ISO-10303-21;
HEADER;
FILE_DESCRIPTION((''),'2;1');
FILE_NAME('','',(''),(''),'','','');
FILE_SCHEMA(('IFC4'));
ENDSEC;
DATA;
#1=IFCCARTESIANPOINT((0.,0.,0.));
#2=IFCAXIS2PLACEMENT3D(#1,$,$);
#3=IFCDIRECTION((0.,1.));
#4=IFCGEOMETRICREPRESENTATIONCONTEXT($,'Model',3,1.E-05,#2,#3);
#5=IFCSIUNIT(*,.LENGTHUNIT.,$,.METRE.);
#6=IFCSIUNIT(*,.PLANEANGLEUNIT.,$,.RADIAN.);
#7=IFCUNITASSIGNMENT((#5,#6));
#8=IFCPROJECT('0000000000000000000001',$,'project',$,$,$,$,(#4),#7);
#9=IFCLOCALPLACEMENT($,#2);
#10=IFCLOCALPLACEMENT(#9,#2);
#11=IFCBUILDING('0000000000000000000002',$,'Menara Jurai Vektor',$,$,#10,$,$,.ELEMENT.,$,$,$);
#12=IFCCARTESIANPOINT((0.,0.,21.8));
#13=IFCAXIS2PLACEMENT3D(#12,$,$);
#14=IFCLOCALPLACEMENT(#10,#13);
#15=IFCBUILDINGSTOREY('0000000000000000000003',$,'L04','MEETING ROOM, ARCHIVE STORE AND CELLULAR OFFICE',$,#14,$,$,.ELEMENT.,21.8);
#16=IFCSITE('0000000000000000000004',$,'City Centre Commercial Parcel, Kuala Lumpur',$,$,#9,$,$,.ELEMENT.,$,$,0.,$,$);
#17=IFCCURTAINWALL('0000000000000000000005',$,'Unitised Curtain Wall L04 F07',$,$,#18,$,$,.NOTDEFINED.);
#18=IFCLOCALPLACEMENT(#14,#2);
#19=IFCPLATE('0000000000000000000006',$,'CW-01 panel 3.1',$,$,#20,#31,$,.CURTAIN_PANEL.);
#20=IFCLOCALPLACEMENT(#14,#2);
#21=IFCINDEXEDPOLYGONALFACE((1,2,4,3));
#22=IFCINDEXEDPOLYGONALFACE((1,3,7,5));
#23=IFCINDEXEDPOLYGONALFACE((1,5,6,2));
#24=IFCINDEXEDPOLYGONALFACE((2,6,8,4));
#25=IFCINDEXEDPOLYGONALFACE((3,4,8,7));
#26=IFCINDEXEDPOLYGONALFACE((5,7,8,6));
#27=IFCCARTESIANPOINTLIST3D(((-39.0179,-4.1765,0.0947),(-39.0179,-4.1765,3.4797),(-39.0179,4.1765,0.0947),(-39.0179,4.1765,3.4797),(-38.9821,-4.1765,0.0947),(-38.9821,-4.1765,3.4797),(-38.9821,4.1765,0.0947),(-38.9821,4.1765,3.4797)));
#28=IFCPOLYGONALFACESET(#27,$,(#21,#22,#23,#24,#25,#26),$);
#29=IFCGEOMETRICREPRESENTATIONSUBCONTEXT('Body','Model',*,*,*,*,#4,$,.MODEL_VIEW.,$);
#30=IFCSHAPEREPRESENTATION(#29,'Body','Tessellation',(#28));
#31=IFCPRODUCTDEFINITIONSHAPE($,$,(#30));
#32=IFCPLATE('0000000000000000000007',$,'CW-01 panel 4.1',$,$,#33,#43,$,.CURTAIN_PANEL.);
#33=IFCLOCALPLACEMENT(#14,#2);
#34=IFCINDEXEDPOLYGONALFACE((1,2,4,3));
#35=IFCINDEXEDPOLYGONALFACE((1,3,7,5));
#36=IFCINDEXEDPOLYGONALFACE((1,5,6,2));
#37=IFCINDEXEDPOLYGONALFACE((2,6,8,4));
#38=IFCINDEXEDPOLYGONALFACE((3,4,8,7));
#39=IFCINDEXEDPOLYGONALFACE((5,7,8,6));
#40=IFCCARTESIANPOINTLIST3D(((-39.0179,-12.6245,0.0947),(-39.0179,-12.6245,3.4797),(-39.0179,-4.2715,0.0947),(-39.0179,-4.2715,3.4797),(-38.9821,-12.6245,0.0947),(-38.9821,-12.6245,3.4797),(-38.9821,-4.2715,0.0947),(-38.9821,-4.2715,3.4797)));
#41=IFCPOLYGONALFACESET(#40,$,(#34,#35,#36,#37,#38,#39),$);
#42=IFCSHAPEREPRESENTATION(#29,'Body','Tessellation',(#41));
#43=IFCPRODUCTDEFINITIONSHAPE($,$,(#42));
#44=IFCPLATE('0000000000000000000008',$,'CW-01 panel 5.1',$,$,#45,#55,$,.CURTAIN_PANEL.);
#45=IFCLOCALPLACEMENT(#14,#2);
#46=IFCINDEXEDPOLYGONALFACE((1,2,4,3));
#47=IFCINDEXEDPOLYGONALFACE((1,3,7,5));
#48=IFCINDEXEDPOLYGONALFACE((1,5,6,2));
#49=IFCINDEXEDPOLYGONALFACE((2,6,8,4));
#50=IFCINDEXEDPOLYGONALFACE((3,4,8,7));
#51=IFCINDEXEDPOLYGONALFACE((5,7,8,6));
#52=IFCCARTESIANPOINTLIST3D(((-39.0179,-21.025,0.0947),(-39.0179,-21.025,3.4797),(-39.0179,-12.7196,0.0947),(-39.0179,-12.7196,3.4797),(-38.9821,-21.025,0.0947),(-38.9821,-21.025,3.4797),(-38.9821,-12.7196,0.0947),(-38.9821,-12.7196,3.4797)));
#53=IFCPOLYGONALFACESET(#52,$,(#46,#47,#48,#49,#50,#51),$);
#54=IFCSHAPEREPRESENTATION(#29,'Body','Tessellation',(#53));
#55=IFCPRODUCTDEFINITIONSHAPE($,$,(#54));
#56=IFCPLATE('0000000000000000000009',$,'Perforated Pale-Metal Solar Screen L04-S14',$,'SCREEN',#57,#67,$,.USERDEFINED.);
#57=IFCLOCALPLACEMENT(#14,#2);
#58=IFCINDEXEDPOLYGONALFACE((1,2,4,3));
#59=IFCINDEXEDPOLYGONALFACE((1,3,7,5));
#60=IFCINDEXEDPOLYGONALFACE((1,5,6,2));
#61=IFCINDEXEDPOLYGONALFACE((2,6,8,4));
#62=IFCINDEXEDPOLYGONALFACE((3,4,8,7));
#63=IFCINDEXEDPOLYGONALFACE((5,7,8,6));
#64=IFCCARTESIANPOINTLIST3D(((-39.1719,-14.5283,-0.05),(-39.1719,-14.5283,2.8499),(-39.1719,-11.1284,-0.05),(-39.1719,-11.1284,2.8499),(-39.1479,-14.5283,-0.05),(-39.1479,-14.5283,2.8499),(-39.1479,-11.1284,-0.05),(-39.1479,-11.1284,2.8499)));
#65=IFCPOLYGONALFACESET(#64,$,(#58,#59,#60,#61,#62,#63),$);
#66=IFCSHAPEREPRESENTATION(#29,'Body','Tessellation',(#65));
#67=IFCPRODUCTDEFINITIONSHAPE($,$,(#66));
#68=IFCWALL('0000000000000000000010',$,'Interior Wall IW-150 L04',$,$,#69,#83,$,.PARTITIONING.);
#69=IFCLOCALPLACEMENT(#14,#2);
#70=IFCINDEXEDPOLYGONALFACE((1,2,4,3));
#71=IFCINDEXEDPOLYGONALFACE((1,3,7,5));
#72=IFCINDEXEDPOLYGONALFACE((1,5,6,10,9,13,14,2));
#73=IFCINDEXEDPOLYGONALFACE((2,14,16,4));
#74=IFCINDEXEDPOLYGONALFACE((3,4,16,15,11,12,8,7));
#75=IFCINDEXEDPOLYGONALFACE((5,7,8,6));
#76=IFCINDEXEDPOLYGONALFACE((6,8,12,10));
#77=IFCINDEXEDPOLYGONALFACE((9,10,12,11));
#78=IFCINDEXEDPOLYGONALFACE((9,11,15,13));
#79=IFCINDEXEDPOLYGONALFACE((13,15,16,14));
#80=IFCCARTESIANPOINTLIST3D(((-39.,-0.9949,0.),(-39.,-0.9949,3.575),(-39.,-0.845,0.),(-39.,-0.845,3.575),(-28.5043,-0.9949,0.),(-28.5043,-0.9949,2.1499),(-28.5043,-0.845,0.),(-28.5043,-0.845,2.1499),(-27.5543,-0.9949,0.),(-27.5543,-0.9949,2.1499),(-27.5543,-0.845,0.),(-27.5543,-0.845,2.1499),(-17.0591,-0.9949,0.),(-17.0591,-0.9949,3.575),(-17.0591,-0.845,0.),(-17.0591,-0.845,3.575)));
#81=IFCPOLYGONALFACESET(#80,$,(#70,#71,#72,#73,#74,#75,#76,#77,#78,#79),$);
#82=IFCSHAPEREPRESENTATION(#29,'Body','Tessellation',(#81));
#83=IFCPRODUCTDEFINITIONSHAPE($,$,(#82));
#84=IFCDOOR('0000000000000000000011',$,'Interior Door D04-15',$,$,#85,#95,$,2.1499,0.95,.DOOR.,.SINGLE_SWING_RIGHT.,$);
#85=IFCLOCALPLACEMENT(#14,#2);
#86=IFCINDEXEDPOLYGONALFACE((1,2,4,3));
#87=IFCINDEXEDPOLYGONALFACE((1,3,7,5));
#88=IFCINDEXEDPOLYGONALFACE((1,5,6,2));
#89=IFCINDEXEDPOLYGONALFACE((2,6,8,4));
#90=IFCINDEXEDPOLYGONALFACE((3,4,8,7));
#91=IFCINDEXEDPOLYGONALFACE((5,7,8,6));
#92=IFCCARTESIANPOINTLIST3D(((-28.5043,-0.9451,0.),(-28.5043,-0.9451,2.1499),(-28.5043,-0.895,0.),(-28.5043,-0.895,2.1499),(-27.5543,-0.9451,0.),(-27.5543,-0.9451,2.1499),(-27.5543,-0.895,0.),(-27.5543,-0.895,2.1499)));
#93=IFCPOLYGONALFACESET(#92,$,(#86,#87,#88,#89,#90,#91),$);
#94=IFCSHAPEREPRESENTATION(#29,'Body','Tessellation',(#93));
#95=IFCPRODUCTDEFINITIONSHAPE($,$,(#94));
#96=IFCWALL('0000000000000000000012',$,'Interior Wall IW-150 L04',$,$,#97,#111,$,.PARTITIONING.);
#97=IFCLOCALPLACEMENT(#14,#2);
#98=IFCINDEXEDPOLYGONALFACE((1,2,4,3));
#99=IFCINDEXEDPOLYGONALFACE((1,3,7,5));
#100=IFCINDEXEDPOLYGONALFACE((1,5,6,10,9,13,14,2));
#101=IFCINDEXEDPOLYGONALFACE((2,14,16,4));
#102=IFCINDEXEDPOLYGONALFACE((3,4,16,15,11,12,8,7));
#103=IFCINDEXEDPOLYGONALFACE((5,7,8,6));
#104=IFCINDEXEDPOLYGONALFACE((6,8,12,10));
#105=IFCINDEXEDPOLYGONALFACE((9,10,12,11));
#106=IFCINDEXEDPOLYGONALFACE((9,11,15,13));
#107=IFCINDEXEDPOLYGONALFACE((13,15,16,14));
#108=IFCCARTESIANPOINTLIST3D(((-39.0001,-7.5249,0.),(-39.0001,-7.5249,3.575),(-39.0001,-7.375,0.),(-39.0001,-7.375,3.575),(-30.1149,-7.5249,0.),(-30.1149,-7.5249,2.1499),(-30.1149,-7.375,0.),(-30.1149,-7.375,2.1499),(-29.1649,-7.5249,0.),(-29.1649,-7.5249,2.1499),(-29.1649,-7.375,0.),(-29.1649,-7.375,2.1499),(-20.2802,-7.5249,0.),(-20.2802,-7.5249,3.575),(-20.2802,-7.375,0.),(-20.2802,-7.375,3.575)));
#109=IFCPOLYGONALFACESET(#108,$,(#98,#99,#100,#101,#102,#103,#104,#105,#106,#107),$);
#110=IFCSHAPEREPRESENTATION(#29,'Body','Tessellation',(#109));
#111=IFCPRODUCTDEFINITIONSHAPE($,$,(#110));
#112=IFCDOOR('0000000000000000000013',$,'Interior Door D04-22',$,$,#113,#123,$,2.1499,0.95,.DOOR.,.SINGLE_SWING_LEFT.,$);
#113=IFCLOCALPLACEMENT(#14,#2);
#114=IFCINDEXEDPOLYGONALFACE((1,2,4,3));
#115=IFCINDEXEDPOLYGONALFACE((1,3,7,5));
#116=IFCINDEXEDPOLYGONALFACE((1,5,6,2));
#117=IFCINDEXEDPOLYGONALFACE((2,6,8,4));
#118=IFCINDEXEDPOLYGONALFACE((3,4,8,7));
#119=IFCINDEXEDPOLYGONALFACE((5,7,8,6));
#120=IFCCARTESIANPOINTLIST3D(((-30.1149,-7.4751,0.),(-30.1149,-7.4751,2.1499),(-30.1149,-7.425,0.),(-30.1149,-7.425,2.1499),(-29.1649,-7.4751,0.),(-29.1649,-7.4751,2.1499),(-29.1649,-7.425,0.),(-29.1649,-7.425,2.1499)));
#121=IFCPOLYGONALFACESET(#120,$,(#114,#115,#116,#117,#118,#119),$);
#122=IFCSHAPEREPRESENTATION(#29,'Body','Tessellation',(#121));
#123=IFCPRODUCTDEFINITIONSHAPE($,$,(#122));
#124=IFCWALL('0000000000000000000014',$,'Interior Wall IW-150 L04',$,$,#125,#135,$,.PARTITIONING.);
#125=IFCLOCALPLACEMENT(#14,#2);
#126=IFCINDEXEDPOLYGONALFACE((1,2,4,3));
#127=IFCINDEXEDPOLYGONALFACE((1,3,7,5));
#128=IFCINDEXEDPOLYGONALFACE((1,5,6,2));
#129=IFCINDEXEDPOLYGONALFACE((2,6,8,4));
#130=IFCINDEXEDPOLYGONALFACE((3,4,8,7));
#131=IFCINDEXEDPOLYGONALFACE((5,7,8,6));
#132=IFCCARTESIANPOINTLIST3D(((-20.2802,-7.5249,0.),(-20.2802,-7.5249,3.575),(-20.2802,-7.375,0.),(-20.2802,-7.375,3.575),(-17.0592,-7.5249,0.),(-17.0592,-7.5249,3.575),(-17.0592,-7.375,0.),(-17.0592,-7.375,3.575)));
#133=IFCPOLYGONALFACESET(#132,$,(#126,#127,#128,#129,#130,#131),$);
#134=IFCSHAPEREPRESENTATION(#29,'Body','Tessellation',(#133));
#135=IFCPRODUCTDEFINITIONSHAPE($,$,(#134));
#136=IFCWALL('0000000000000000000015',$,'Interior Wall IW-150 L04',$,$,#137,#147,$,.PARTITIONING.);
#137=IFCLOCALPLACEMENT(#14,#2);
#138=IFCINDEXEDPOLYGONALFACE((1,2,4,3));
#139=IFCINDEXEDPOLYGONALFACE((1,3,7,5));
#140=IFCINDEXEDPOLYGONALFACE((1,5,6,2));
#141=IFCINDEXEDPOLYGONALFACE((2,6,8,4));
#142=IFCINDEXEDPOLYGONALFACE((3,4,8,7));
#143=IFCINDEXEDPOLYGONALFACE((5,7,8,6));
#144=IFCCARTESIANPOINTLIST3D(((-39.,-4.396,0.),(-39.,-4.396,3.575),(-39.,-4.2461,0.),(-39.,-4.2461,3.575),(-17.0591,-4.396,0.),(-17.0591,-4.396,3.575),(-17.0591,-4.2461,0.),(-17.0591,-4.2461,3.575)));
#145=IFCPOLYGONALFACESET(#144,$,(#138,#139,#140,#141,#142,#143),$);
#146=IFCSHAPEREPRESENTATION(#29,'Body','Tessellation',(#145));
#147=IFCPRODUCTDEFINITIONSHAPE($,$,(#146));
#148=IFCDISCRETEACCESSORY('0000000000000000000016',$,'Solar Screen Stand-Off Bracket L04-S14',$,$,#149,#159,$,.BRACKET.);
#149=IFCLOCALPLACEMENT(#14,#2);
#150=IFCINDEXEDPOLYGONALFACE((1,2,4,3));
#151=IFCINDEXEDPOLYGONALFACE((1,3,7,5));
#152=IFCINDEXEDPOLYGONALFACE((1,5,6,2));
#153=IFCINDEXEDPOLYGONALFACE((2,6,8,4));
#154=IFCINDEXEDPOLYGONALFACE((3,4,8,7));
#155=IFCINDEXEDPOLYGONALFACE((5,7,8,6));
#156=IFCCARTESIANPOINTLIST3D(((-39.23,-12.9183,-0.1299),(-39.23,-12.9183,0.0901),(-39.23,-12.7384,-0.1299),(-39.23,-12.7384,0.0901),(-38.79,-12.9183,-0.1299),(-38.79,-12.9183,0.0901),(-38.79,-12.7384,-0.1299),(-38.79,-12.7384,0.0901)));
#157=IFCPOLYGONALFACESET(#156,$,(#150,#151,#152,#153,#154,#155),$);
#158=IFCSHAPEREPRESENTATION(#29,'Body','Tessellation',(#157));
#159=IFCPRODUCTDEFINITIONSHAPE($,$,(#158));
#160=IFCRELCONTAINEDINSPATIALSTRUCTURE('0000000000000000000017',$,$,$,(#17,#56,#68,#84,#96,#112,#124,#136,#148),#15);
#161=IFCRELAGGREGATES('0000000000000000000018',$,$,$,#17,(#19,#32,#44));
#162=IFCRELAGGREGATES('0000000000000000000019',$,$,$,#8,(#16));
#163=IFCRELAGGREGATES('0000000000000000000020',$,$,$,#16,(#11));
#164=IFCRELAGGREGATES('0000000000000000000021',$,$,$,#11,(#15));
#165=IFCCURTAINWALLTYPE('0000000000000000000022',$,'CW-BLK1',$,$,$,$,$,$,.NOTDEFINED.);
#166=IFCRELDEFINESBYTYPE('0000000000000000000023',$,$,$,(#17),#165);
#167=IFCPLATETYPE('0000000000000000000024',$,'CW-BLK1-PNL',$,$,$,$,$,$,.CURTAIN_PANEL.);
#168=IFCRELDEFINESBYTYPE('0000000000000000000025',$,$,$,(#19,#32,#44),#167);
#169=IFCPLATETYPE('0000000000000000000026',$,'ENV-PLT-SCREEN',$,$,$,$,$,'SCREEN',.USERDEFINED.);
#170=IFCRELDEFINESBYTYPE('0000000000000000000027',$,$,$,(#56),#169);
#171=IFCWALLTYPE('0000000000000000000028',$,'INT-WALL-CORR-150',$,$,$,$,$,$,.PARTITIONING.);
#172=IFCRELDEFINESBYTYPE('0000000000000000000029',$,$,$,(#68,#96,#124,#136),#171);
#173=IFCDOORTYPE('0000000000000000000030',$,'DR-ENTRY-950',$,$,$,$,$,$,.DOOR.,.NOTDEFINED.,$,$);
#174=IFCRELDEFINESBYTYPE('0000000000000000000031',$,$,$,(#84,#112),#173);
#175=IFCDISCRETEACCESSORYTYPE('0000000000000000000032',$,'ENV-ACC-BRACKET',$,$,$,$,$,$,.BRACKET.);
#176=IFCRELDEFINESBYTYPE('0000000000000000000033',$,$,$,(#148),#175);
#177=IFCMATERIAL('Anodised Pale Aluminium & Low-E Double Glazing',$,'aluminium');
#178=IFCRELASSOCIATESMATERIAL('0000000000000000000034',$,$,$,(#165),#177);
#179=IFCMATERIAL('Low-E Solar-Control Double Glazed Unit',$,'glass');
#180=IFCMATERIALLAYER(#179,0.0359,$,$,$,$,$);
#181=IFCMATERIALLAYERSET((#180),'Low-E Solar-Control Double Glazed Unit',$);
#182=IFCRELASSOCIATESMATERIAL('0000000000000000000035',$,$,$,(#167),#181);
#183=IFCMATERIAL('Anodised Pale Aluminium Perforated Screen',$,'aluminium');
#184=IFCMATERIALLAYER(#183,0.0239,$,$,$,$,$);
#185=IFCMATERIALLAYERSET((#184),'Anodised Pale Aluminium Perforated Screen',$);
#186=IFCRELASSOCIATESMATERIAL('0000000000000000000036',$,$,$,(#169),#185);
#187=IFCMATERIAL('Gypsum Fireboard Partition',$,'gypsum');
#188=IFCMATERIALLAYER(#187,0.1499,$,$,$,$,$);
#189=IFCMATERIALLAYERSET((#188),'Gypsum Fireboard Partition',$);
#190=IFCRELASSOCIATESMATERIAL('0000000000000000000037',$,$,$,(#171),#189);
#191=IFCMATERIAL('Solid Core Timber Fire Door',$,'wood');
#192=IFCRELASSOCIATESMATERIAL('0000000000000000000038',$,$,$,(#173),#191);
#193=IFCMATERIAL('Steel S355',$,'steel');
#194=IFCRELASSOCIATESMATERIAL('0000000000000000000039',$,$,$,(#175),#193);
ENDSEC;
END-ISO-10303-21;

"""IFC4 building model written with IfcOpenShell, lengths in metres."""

from ifc_helpers import new_model, si_unit, direction, frame, frame_2d, origin, origin_2d, place, context, subcontext, project, spatial, rectangle, extrude, material, layer, layer_set, type_object, element, fill, aggregate, save


model = new_model("IFC4")

# Units and contexts
model_context = context("Model", 3, precision=1e-05, world=origin(), true_north=direction((0.0, 1.0)))
body_context = subcontext(model_context, "Body", "Model", "MODEL_VIEW")
ifc_project = project(units=[si_unit("LENGTHUNIT", "METRE"), si_unit("PLANEANGLEUNIT", "RADIAN")], contexts=[model_context])

# Site, building, storey
site_placement = place(None, origin())
site = spatial("IfcSite", under=ifc_project, at=site_placement, Name="City Centre Commercial Parcel, Kuala Lumpur", CompositionType="ELEMENT", RefElevation=0.0)
building_placement = place(site_placement, origin())
building = spatial("IfcBuilding", under=site, at=building_placement, Name="Menara Jurai Vektor", CompositionType="ELEMENT")
storey_placement = place(building_placement, frame((0.0, 0.0, 21.8)))
storey = spatial("IfcBuildingStorey", under=building, at=storey_placement, Name="L04", Description="MEETING ROOM, ARCHIVE STORE AND CELLULAR OFFICE", CompositionType="ELEMENT", Elevation=21.8)

# Curtain wall
ifc_material_1 = material(Name="Anodised Pale Aluminium & Low-E Double Glazing", Category="aluminium")
curtain_wall_type = type_object("IfcCurtainWallType", Name="CW-BLK1", PredefinedType="NOTDEFINED", material=ifc_material_1)
curtain_wall_placement = place(storey_placement, origin())
curtain_wall = element("IfcCurtainWall", 1, at=curtain_wall_placement, inside=storey, type_object=curtain_wall_type, Name="Unitised Curtain Wall L04 F07", PredefinedType="NOTDEFINED")

# Shared definitions
ifc_material_2 = material(Name="Steel S355", Category="steel")

# Plates
ifc_material_3 = material(Name="Low-E Solar-Control Double Glazed Unit", Category="glass")
ifc_layer_1 = layer(ifc_material_3, 0.0359)
ifc_layer_set_1 = layer_set([ifc_layer_1], Name="Low-E Solar-Control Double Glazed Unit")
plate_type_1 = type_object("IfcPlateType", Name="CW-BLK1-PNL", PredefinedType="CURTAIN_PANEL", material=ifc_layer_set_1)
plate_1_placement = place(storey_placement, frame((-39.0, 0.0, 0.0947), z_axis=(0.0, 0.0, 1.0), x_axis=(0.0, -1.0, 0.0)))
plate_1 = element("IfcPlate", 2, at=plate_1_placement, type_object=plate_type_1, Name="CW-01 panel 3.1", PredefinedType="CURTAIN_PANEL", context=body_context, shape_type="SweptSolid", body=[
    extrude(rectangle(XDim=8.353, YDim=0.0359, at=origin_2d()), origin(), (0.0, 0.0, 1.0), 3.385),
])
plate_2_placement = place(storey_placement, frame((-39.0, -8.448, 0.0947), z_axis=(0.0, 0.0, 1.0), x_axis=(0.0, -1.0, 0.0)))
plate_2 = element("IfcPlate", 3, at=plate_2_placement, type_object=plate_type_1, Name="CW-01 panel 4.1", PredefinedType="CURTAIN_PANEL", context=body_context, shape_type="SweptSolid", body=[
    extrude(rectangle(XDim=8.353, YDim=0.0359, at=origin_2d()), origin(), (0.0, 0.0, 1.0), 3.385),
])
plate_3_placement = place(storey_placement, frame((-39.0, -16.8723, 0.0947), z_axis=(0.0, 0.0, 1.0), x_axis=(0.0, -1.0, 0.0)))
plate_3 = element("IfcPlate", 4, at=plate_3_placement, type_object=plate_type_1, Name="CW-01 panel 5.1", PredefinedType="CURTAIN_PANEL", context=body_context, shape_type="SweptSolid", body=[
    extrude(rectangle(XDim=8.3054, YDim=0.0359, at=origin_2d()), origin(), (0.0, 0.0, 1.0), 3.385),
])
aggregate(curtain_wall, [plate_1, plate_2, plate_3])
ifc_material_4 = material(Name="Anodised Pale Aluminium Perforated Screen", Category="aluminium")
ifc_layer_2 = layer(ifc_material_4, 0.0239)
ifc_layer_set_2 = layer_set([ifc_layer_2], Name="Anodised Pale Aluminium Perforated Screen")
plate_type_2 = type_object("IfcPlateType", Name="ENV-PLT-SCREEN", ElementType="SCREEN", PredefinedType="USERDEFINED", material=ifc_layer_set_2)
plate_4_placement = place(storey_placement, frame((-39.1599, -12.8284, -0.05), z_axis=(0.0, 0.0, 1.0), x_axis=(0.0, -1.0, 0.0)))
element("IfcPlate", 5, at=plate_4_placement, inside=storey, type_object=plate_type_2, Name="Perforated Pale-Metal Solar Screen L04-S14", ObjectType="SCREEN", PredefinedType="USERDEFINED", context=body_context, shape_type="SweptSolid", body=[
    extrude(rectangle(XDim=3.3999, YDim=0.0239, at=origin_2d()), origin(), (0.0, 0.0, 1.0), 2.8999),
])

# Walls, openings, doors
ifc_material_5 = material(Name="Gypsum Fireboard Partition", Category="gypsum")
ifc_layer_3 = layer(ifc_material_5, 0.1499)
ifc_layer_set_3 = layer_set([ifc_layer_3], Name="Gypsum Fireboard Partition")
wall_type = type_object("IfcWallType", Name="INT-WALL-CORR-150", PredefinedType="PARTITIONING", material=ifc_layer_set_3)
wall_1_placement = place(storey_placement, frame((-39.0, -0.9199, 0.0), z_axis=(0.0, 0.0, 1.0), x_axis=(1.0, 0.0, 0.0)))
wall_1 = element("IfcWall", 6, at=wall_1_placement, inside=storey, type_object=wall_type, Name="Interior Wall IW-150 L04", PredefinedType="PARTITIONING", context=body_context, shape_type="SweptSolid", body=[
    extrude(rectangle(XDim=21.9409, YDim=0.1499, at=frame_2d((10.9705, 0.0))), origin(), (0.0, 0.0, 1.0), 3.575),
])
opening_1_placement = place(wall_1_placement, frame((10.4956, 0.0, 0.0)))
opening_1 = element("IfcOpeningElement", 7, at=opening_1_placement, cuts=wall_1, PredefinedType="OPENING", context=body_context, shape_type="SweptSolid", body=[
    extrude(rectangle(XDim=0.95, YDim=2.1499, at=frame_2d((0.4751, 1.075))), frame((0.0, 0.085, 0.0), z_axis=(0.0, -1.0, 0.0), x_axis=(1.0, 0.0, 0.0)), (0.0, 0.0, 1.0), 0.1699),
])
ifc_material_6 = material(Name="Solid Core Timber Fire Door", Category="wood")
door_type = type_object("IfcDoorType", Name="DR-ENTRY-950", OperationType="NOTDEFINED", PredefinedType="DOOR", material=ifc_material_6)
door_1_placement = place(opening_1_placement, origin())
door_1 = element("IfcDoor", 8, at=door_1_placement, inside=storey, type_object=door_type, Name="Interior Door D04-15", OperationType="SINGLE_SWING_RIGHT", OverallHeight=2.1499, OverallWidth=0.95, PredefinedType="DOOR", context=body_context, shape_type="SweptSolid", body=[
    extrude(rectangle(XDim=0.95, YDim=2.1499, at=frame_2d((0.4751, 1.075))), frame((0.0, 0.0249, 0.0), z_axis=(0.0, -1.0, 0.0), x_axis=(1.0, 0.0, 0.0)), (0.0, 0.0, 1.0), 0.05),
])
fill(opening_1, door_1)
wall_2_placement = place(storey_placement, frame((-39.0, -7.45, 0.0), z_axis=(0.0, 0.0, 1.0), x_axis=(1.0, 0.0, 0.0)))
wall_2 = element("IfcWall", 9, at=wall_2_placement, inside=storey, type_object=wall_type, Name="Interior Wall IW-150 L04", PredefinedType="PARTITIONING", context=body_context, shape_type="SweptSolid", body=[
    extrude(rectangle(XDim=18.72, YDim=0.1499, at=frame_2d((9.3599, 0.0))), origin(), (0.0, 0.0, 1.0), 3.575),
])
opening_2_placement = place(wall_2_placement, frame((8.885, 0.0, 0.0)))
opening_2 = element("IfcOpeningElement", 10, at=opening_2_placement, cuts=wall_2, PredefinedType="OPENING", context=body_context, shape_type="SweptSolid", body=[
    extrude(rectangle(XDim=0.95, YDim=2.1499, at=frame_2d((0.4751, 1.075))), frame((0.0, 0.085, 0.0), z_axis=(0.0, -1.0, 0.0), x_axis=(1.0, 0.0, 0.0)), (0.0, 0.0, 1.0), 0.1699),
])
door_2_placement = place(opening_2_placement, origin())
door_2 = element("IfcDoor", 11, at=door_2_placement, inside=storey, type_object=door_type, Name="Interior Door D04-22", OperationType="SINGLE_SWING_LEFT", OverallHeight=2.1499, OverallWidth=0.95, PredefinedType="DOOR", context=body_context, shape_type="SweptSolid", body=[
    extrude(rectangle(XDim=0.95, YDim=2.1499, at=frame_2d((0.4751, 1.075))), frame((0.0, 0.0249, 0.0), z_axis=(0.0, -1.0, 0.0), x_axis=(1.0, 0.0, 0.0)), (0.0, 0.0, 1.0), 0.05),
])
fill(opening_2, door_2)

# Walls
wall_3_placement = place(storey_placement, frame((-20.28, -7.45, 0.0), z_axis=(0.0, 0.0, 1.0), x_axis=(1.0, 0.0, 0.0)))
element("IfcWall", 12, at=wall_3_placement, inside=storey, type_object=wall_type, Name="Interior Wall IW-150 L04", PredefinedType="PARTITIONING", context=body_context, shape_type="SweptSolid", body=[
    extrude(rectangle(XDim=3.2209, YDim=0.1499, at=frame_2d((1.6104, 0.0))), origin(), (0.0, 0.0, 1.0), 3.575),
])
wall_4_placement = place(storey_placement, frame((-39.0, -4.321, 0.0), z_axis=(0.0, 0.0, 1.0), x_axis=(1.0, 0.0, 0.0)))
element("IfcWall", 13, at=wall_4_placement, inside=storey, type_object=wall_type, Name="Interior Wall IW-150 L04", PredefinedType="PARTITIONING", context=body_context, shape_type="SweptSolid", body=[
    extrude(rectangle(XDim=21.9409, YDim=0.1499, at=frame_2d((10.9705, 0.0))), origin(), (0.0, 0.0, 1.0), 3.575),
])

# Discrete accessory
discrete_accessory_type = type_object("IfcDiscreteAccessoryType", Name="ENV-ACC-BRACKET", PredefinedType="BRACKET", material=ifc_material_2)
discrete_accessory_placement = place(storey_placement, frame((-39.01, -12.8284, -0.1299), z_axis=(0.0, 0.0, 1.0), x_axis=(0.0, -1.0, 0.0)))
element("IfcDiscreteAccessory", 14, at=discrete_accessory_placement, inside=storey, type_object=discrete_accessory_type, Name="Solar Screen Stand-Off Bracket L04-S14", PredefinedType="BRACKET", context=body_context, shape_type="SweptSolid", body=[
    extrude(rectangle(XDim=0.1799, YDim=0.4399, at=origin_2d()), origin(), (0.0, 0.0, 1.0), 0.22),
])

save(model, "model.ifc")
